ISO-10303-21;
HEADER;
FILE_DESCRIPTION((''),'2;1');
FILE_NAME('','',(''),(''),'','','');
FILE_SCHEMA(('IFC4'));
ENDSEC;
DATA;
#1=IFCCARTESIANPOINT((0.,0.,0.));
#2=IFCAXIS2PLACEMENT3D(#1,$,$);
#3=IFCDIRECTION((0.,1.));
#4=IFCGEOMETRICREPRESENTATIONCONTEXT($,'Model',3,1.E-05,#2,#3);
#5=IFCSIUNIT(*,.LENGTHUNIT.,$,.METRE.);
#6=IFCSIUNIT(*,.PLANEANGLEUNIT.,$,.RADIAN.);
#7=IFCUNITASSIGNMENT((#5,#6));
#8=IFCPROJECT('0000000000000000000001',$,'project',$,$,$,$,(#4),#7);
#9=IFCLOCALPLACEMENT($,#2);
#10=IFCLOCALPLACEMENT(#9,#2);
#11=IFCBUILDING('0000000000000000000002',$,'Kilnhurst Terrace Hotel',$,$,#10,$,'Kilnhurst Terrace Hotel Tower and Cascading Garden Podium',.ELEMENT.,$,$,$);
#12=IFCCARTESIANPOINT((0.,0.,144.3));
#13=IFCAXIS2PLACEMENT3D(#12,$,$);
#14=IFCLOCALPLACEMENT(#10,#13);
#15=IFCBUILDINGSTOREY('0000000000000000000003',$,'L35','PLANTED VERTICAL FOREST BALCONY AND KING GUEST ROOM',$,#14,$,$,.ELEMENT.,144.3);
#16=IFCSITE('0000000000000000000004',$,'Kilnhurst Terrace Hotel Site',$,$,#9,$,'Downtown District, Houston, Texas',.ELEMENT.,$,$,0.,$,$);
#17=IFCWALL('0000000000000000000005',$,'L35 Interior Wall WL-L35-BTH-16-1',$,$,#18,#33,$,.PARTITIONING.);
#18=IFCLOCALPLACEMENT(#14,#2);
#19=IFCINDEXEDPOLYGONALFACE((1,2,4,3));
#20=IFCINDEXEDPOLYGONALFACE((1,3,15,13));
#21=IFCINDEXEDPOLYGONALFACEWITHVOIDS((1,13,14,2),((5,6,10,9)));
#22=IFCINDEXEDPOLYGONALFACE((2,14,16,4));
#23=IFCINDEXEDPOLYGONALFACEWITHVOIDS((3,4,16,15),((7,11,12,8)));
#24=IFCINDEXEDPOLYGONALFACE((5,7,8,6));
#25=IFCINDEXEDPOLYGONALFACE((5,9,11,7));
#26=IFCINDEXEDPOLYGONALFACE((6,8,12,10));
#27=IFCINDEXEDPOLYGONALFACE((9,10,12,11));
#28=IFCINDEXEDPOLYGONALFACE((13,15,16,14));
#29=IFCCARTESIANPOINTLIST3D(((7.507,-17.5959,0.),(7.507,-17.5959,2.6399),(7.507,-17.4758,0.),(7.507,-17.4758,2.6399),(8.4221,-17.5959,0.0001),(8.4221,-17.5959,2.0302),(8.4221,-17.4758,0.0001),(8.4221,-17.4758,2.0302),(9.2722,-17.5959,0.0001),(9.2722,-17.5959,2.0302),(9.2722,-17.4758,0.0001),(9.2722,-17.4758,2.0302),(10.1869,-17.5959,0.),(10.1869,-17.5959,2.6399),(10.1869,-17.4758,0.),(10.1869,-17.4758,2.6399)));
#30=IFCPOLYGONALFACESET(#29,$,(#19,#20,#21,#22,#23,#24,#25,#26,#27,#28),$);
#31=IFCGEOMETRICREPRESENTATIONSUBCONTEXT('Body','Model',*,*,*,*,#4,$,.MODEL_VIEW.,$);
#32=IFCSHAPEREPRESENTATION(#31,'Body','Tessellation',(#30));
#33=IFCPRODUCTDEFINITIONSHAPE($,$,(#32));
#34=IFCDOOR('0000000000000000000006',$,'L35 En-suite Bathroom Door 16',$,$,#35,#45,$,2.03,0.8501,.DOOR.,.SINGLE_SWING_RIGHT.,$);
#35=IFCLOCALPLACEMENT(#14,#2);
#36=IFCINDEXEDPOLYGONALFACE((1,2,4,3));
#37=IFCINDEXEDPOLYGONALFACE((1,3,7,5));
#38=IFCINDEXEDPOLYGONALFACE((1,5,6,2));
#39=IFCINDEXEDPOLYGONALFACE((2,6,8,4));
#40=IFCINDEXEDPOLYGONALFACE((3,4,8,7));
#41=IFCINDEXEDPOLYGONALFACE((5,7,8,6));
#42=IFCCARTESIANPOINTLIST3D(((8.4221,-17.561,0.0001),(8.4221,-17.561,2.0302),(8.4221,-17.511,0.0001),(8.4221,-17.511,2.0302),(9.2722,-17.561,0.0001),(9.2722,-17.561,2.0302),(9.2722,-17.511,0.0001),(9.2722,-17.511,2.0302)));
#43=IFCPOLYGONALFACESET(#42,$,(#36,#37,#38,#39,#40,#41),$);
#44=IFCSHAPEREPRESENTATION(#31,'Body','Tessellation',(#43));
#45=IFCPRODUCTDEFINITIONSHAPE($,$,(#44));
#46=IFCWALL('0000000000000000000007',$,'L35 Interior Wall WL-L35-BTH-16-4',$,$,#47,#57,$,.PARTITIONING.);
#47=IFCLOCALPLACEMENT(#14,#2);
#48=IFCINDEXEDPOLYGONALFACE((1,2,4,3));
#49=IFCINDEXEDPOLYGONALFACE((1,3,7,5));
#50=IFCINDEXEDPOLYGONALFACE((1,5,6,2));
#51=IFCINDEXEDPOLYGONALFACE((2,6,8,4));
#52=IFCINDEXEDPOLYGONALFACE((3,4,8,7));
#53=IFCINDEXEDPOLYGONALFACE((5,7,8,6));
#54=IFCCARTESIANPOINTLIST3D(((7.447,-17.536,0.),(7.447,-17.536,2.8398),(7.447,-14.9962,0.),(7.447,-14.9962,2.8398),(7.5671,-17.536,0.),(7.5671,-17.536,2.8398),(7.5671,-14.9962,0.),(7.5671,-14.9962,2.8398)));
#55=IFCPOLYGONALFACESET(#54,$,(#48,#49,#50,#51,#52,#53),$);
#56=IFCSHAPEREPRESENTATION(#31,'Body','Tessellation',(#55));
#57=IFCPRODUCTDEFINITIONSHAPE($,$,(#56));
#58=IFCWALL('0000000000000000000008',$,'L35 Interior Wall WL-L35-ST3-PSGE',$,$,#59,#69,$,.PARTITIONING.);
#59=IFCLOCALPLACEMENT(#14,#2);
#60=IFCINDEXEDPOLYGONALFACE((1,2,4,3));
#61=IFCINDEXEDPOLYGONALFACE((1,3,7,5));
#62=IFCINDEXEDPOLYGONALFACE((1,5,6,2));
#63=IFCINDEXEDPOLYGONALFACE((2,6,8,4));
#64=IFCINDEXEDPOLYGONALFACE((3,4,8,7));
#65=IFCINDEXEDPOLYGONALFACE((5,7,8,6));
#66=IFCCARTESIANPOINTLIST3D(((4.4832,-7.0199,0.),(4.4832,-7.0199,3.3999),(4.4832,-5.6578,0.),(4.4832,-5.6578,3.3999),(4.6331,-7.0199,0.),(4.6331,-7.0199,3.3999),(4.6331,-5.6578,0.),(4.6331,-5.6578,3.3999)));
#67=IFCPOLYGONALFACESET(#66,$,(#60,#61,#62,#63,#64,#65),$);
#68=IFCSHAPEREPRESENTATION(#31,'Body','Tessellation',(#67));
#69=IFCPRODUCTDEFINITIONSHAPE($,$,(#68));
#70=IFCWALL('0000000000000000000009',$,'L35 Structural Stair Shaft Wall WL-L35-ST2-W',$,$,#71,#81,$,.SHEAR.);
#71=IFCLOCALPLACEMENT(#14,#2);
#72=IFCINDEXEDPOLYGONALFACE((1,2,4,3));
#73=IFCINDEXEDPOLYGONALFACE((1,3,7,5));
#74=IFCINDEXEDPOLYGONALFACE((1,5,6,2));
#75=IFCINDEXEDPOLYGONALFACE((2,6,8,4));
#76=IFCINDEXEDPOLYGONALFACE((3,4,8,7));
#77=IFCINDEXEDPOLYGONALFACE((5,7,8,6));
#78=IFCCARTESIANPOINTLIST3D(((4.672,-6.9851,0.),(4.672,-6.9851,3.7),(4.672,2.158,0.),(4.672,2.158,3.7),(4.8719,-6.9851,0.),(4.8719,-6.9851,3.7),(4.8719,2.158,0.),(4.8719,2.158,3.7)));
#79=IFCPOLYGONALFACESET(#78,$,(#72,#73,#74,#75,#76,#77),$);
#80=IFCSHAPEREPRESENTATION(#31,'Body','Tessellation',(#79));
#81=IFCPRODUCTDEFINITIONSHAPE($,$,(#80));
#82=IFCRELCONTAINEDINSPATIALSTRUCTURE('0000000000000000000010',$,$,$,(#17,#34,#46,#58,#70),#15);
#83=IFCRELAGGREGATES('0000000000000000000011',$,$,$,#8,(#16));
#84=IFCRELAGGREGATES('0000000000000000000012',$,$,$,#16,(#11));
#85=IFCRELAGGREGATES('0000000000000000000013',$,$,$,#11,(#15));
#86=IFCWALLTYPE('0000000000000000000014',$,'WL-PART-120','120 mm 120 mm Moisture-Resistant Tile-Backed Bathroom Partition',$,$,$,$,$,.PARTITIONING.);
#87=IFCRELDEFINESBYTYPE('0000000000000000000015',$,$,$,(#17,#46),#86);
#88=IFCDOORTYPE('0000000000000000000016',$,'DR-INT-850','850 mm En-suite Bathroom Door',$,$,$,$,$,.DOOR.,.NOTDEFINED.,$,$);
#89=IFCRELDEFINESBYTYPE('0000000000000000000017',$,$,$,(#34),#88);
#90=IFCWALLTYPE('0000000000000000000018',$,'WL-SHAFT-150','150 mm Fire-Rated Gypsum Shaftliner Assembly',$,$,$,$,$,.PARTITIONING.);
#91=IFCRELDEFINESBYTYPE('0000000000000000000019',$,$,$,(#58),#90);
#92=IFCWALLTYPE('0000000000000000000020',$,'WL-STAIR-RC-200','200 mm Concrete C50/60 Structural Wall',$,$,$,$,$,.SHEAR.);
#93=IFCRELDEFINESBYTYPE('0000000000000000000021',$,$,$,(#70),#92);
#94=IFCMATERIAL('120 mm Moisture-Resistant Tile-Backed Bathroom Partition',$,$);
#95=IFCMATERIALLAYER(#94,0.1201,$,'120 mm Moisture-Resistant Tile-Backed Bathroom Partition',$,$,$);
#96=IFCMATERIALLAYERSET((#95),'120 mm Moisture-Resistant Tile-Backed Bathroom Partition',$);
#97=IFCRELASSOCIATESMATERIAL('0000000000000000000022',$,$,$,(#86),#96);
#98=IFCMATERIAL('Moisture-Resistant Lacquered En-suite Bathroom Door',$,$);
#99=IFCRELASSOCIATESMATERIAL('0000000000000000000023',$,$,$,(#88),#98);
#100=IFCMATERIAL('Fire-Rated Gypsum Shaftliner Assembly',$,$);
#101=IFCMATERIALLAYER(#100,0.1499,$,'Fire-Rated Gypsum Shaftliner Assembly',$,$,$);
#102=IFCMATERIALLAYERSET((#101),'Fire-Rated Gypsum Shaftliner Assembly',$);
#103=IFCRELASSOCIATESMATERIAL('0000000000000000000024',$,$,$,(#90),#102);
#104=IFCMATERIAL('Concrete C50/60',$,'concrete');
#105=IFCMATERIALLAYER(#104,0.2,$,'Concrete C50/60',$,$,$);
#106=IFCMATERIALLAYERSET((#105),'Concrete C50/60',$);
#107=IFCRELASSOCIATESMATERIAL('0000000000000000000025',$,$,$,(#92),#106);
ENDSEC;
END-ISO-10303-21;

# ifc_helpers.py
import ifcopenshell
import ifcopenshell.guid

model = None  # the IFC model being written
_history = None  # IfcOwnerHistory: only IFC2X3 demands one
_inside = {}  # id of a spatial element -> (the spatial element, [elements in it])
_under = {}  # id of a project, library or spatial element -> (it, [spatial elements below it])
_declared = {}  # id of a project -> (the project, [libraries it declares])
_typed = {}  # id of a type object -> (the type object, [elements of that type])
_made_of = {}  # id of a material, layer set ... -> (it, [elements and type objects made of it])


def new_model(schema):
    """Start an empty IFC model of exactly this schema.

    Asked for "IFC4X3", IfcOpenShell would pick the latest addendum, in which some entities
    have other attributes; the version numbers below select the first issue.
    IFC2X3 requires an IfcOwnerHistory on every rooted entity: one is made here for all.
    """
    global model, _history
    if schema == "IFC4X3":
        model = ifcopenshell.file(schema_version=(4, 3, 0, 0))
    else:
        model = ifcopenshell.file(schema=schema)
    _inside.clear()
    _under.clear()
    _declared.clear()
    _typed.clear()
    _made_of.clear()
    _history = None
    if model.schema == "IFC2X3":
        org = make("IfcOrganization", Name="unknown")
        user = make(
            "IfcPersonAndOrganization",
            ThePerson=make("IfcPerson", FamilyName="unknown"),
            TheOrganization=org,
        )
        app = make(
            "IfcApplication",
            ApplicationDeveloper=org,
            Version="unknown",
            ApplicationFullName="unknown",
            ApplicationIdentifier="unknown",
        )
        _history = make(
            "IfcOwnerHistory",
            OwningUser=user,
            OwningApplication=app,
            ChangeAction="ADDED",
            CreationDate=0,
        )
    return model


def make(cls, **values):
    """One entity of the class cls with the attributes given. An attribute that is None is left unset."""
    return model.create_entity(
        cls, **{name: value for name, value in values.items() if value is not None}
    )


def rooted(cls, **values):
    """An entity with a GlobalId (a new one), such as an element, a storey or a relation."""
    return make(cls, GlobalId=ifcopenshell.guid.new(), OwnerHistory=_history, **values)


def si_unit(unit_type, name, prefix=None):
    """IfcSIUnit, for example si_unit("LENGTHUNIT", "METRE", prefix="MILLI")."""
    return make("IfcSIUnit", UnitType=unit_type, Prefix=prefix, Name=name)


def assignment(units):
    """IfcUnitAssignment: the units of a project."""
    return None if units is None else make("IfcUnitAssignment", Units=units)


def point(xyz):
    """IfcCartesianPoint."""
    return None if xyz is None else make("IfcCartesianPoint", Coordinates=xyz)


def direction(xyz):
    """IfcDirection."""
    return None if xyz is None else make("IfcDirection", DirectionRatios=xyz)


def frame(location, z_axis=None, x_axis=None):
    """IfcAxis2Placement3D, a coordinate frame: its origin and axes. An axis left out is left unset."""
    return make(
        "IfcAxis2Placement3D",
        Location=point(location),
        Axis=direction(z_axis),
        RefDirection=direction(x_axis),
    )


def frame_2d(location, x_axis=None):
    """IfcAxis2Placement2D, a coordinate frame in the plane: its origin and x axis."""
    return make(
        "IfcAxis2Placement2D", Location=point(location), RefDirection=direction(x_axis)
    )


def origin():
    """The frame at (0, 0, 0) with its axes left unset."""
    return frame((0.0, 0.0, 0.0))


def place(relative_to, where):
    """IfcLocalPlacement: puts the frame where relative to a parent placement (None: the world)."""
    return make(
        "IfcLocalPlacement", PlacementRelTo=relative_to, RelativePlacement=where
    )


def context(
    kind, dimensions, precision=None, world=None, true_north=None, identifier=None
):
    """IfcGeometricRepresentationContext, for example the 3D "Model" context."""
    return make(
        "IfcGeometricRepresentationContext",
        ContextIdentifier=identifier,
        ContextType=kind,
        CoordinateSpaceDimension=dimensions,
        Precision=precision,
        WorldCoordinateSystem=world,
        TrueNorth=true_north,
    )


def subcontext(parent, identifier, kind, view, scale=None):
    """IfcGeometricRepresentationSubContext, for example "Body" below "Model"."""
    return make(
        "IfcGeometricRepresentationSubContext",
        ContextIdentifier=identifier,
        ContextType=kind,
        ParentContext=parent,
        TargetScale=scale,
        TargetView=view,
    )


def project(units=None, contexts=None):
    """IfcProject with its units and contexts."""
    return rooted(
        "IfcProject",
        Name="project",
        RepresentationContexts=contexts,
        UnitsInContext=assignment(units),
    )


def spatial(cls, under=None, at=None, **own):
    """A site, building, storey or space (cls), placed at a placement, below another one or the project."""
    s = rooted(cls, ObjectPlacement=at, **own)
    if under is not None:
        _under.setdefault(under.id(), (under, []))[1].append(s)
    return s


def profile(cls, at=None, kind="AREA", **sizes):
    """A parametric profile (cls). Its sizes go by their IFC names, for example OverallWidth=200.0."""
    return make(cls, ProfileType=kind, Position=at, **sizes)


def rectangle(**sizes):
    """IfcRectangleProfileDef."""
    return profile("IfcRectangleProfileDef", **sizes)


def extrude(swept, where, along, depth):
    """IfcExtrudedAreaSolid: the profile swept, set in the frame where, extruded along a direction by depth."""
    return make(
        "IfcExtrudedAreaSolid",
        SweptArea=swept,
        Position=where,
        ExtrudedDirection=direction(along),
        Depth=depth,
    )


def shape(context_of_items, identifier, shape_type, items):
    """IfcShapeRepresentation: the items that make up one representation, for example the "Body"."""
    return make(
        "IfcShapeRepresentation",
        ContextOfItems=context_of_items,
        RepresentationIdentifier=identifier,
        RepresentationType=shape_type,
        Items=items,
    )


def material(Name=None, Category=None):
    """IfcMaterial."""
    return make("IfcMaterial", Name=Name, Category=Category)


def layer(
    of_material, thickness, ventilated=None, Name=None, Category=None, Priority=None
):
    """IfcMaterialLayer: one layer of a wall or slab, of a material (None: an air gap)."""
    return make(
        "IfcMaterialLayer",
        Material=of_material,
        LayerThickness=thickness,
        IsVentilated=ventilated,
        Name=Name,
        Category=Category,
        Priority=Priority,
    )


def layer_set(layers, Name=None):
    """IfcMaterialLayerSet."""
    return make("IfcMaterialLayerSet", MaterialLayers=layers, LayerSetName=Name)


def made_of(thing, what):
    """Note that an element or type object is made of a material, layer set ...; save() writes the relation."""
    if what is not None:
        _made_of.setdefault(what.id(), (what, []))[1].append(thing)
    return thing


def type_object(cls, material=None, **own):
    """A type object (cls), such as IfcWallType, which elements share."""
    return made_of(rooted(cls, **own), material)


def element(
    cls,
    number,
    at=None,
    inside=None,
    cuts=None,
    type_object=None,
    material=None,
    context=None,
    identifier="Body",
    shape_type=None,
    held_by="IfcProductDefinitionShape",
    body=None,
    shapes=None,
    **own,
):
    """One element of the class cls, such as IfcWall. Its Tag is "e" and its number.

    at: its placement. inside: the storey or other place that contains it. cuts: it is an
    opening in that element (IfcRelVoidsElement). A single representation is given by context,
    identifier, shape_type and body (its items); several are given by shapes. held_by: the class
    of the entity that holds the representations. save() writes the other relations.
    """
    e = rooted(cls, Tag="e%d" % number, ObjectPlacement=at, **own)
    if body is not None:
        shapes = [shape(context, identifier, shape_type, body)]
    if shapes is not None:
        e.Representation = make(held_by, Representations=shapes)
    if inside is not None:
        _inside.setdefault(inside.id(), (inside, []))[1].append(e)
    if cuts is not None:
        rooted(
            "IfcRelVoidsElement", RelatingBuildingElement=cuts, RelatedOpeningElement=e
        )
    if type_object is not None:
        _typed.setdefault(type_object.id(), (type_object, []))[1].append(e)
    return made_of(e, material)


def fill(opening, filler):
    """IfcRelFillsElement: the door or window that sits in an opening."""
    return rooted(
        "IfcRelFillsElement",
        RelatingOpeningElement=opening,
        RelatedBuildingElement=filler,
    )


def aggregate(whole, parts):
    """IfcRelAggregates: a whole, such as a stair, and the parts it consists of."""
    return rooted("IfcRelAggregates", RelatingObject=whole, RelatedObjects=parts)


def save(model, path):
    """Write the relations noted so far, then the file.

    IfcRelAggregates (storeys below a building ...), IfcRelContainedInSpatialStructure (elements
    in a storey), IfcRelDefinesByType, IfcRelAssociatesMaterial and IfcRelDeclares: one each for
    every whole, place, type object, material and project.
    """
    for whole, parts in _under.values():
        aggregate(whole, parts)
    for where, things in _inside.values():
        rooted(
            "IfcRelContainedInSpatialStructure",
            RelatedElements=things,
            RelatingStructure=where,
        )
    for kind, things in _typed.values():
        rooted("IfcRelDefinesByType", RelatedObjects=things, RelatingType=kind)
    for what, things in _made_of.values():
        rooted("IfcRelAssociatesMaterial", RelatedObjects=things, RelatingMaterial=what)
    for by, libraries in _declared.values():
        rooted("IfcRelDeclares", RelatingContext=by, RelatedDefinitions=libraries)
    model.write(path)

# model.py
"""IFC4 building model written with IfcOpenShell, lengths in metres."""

from ifc_helpers import new_model, si_unit, direction, frame, frame_2d, origin, place, context, subcontext, project, spatial, rectangle, extrude, material, layer, layer_set, type_object, element, fill, save


model = new_model("IFC4")

# Units and contexts
model_context = context("Model", 3, precision=1e-05, world=origin(), true_north=direction((0.0, 1.0)))
body_context = subcontext(model_context, "Body", "Model", "MODEL_VIEW")
ifc_project = project(units=[si_unit("LENGTHUNIT", "METRE"), si_unit("PLANEANGLEUNIT", "RADIAN")], contexts=[model_context])

# Site, building, storey
site_placement = place(None, origin())
site = spatial("IfcSite", under=ifc_project, at=site_placement, Name="Kilnhurst Terrace Hotel Site", LongName="Downtown District, Houston, Texas", CompositionType="ELEMENT", RefElevation=0.0)
building_placement = place(site_placement, origin())
building = spatial("IfcBuilding", under=site, at=building_placement, Name="Kilnhurst Terrace Hotel", LongName="Kilnhurst Terrace Hotel Tower and Cascading Garden Podium", CompositionType="ELEMENT")
storey_placement = place(building_placement, frame((0.0, 0.0, 144.3)))
storey = spatial("IfcBuildingStorey", under=building, at=storey_placement, Name="L35", Description="PLANTED VERTICAL FOREST BALCONY AND KING GUEST ROOM", CompositionType="ELEMENT", Elevation=144.3)

# Shared definitions
ifc_material_1 = material(Name="Concrete C50/60", Category="concrete")

# Wall, opening, door
ifc_material_2 = material(Name="120 mm Moisture-Resistant Tile-Backed Bathroom Partition")
ifc_layer_1 = layer(ifc_material_2, 0.1201, Name="120 mm Moisture-Resistant Tile-Backed Bathroom Partition")
ifc_layer_set_1 = layer_set([ifc_layer_1], Name="120 mm Moisture-Resistant Tile-Backed Bathroom Partition")
wall_type_1 = type_object("IfcWallType", Name="WL-PART-120", Description="120 mm 120 mm Moisture-Resistant Tile-Backed Bathroom Partition", PredefinedType="PARTITIONING", material=ifc_layer_set_1)
wall_1_placement = place(storey_placement, frame((7.5071, -17.5359, 0.0), z_axis=(0.0, 0.0, 1.0), x_axis=(1.0, 0.0, 0.0)))
wall_1 = element("IfcWall", 1, at=wall_1_placement, inside=storey, type_object=wall_type_1, Name="L35 Interior Wall WL-L35-BTH-16-1", PredefinedType="PARTITIONING", context=body_context, shape_type="SweptSolid", body=[
    extrude(rectangle(XDim=2.6799, YDim=0.1201, at=frame_2d((1.3398, 0.0))), origin(), (0.0, 0.0, 1.0), 2.6399),
])
opening_placement = place(wall_1_placement, frame((0.915, 0.0, 0.0)))
opening = element("IfcOpeningElement", 2, at=opening_placement, cuts=wall_1, PredefinedType="OPENING", context=body_context, shape_type="SweptSolid", body=[
    extrude(rectangle(XDim=0.8501, YDim=2.03, at=frame_2d((0.425, 1.0151))), frame((0.0, 0.0701, 0.0), z_axis=(0.0, -1.0, 0.0), x_axis=(1.0, 0.0, 0.0)), (0.0, 0.0, 1.0), 0.1401),
])
ifc_material_3 = material(Name="Moisture-Resistant Lacquered En-suite Bathroom Door")
door_type = type_object("IfcDoorType", Name="DR-INT-850", Description="850 mm En-suite Bathroom Door", OperationType="NOTDEFINED", PredefinedType="DOOR", material=ifc_material_3)
door_placement = place(opening_placement, origin())
door = element("IfcDoor", 3, at=door_placement, inside=storey, type_object=door_type, Name="L35 En-suite Bathroom Door 16", OperationType="SINGLE_SWING_RIGHT", OverallHeight=2.03, OverallWidth=0.8501, PredefinedType="DOOR", context=body_context, shape_type="SweptSolid", body=[
    extrude(rectangle(XDim=0.8501, YDim=2.03, at=frame_2d((0.425, 1.0151))), frame((0.0, 0.0249, 0.0), z_axis=(0.0, -1.0, 0.0), x_axis=(1.0, 0.0, 0.0)), (0.0, 0.0, 1.0), 0.05),
])
fill(opening, door)

# Walls
wall_2_placement = place(storey_placement, frame((7.5071, -14.9961, 0.0), z_axis=(0.0, 0.0, 1.0), x_axis=(0.0, -1.0, 0.0)))
element("IfcWall", 4, at=wall_2_placement, inside=storey, type_object=wall_type_1, Name="L35 Interior Wall WL-L35-BTH-16-4", PredefinedType="PARTITIONING", context=body_context, shape_type="SweptSolid", body=[
    extrude(rectangle(XDim=2.5398, YDim=0.1201, at=frame_2d((1.27, 0.0))), origin(), (0.0, 0.0, 1.0), 2.8398),
])
ifc_material_4 = material(Name="Fire-Rated Gypsum Shaftliner Assembly")
ifc_layer_2 = layer(ifc_material_4, 0.1499, Name="Fire-Rated Gypsum Shaftliner Assembly")
ifc_layer_set_2 = layer_set([ifc_layer_2], Name="Fire-Rated Gypsum Shaftliner Assembly")
wall_type_2 = type_object("IfcWallType", Name="WL-SHAFT-150", Description="150 mm Fire-Rated Gypsum Shaftliner Assembly", PredefinedType="PARTITIONING", material=ifc_layer_set_2)
wall_3_placement = place(storey_placement, frame((4.5581, -7.02, 0.0), z_axis=(0.0, 0.0, 1.0), x_axis=(0.0, 1.0, 0.0)))
element("IfcWall", 5, at=wall_3_placement, inside=storey, type_object=wall_type_2, Name="L35 Interior Wall WL-L35-ST3-PSGE", PredefinedType="PARTITIONING", context=body_context, shape_type="SweptSolid", body=[
    extrude(rectangle(XDim=1.3621, YDim=0.1499, at=frame_2d((0.6812, 0.0))), origin(), (0.0, 0.0, 1.0), 3.3999),
])
ifc_layer_3 = layer(ifc_material_1, 0.2, Name="Concrete C50/60")
ifc_layer_set_3 = layer_set([ifc_layer_3], Name="Concrete C50/60")
wall_type_3 = type_object("IfcWallType", Name="WL-STAIR-RC-200", Description="200 mm Concrete C50/60 Structural Wall", PredefinedType="SHEAR", material=ifc_layer_set_3)
wall_4_placement = place(storey_placement, frame((4.772, -6.9851, 0.0), z_axis=(0.0, 0.0, 1.0), x_axis=(0.0, 1.0, 0.0)))
element("IfcWall", 6, at=wall_4_placement, inside=storey, type_object=wall_type_3, Name="L35 Structural Stair Shaft Wall WL-L35-ST2-W", PredefinedType="SHEAR", context=body_context, shape_type="SweptSolid", body=[
    extrude(rectangle(XDim=9.1431, YDim=0.2, at=frame_2d((4.5715, 0.0))), origin(), (0.0, 0.0, 1.0), 3.7),
])

save(model, "model.ifc")
